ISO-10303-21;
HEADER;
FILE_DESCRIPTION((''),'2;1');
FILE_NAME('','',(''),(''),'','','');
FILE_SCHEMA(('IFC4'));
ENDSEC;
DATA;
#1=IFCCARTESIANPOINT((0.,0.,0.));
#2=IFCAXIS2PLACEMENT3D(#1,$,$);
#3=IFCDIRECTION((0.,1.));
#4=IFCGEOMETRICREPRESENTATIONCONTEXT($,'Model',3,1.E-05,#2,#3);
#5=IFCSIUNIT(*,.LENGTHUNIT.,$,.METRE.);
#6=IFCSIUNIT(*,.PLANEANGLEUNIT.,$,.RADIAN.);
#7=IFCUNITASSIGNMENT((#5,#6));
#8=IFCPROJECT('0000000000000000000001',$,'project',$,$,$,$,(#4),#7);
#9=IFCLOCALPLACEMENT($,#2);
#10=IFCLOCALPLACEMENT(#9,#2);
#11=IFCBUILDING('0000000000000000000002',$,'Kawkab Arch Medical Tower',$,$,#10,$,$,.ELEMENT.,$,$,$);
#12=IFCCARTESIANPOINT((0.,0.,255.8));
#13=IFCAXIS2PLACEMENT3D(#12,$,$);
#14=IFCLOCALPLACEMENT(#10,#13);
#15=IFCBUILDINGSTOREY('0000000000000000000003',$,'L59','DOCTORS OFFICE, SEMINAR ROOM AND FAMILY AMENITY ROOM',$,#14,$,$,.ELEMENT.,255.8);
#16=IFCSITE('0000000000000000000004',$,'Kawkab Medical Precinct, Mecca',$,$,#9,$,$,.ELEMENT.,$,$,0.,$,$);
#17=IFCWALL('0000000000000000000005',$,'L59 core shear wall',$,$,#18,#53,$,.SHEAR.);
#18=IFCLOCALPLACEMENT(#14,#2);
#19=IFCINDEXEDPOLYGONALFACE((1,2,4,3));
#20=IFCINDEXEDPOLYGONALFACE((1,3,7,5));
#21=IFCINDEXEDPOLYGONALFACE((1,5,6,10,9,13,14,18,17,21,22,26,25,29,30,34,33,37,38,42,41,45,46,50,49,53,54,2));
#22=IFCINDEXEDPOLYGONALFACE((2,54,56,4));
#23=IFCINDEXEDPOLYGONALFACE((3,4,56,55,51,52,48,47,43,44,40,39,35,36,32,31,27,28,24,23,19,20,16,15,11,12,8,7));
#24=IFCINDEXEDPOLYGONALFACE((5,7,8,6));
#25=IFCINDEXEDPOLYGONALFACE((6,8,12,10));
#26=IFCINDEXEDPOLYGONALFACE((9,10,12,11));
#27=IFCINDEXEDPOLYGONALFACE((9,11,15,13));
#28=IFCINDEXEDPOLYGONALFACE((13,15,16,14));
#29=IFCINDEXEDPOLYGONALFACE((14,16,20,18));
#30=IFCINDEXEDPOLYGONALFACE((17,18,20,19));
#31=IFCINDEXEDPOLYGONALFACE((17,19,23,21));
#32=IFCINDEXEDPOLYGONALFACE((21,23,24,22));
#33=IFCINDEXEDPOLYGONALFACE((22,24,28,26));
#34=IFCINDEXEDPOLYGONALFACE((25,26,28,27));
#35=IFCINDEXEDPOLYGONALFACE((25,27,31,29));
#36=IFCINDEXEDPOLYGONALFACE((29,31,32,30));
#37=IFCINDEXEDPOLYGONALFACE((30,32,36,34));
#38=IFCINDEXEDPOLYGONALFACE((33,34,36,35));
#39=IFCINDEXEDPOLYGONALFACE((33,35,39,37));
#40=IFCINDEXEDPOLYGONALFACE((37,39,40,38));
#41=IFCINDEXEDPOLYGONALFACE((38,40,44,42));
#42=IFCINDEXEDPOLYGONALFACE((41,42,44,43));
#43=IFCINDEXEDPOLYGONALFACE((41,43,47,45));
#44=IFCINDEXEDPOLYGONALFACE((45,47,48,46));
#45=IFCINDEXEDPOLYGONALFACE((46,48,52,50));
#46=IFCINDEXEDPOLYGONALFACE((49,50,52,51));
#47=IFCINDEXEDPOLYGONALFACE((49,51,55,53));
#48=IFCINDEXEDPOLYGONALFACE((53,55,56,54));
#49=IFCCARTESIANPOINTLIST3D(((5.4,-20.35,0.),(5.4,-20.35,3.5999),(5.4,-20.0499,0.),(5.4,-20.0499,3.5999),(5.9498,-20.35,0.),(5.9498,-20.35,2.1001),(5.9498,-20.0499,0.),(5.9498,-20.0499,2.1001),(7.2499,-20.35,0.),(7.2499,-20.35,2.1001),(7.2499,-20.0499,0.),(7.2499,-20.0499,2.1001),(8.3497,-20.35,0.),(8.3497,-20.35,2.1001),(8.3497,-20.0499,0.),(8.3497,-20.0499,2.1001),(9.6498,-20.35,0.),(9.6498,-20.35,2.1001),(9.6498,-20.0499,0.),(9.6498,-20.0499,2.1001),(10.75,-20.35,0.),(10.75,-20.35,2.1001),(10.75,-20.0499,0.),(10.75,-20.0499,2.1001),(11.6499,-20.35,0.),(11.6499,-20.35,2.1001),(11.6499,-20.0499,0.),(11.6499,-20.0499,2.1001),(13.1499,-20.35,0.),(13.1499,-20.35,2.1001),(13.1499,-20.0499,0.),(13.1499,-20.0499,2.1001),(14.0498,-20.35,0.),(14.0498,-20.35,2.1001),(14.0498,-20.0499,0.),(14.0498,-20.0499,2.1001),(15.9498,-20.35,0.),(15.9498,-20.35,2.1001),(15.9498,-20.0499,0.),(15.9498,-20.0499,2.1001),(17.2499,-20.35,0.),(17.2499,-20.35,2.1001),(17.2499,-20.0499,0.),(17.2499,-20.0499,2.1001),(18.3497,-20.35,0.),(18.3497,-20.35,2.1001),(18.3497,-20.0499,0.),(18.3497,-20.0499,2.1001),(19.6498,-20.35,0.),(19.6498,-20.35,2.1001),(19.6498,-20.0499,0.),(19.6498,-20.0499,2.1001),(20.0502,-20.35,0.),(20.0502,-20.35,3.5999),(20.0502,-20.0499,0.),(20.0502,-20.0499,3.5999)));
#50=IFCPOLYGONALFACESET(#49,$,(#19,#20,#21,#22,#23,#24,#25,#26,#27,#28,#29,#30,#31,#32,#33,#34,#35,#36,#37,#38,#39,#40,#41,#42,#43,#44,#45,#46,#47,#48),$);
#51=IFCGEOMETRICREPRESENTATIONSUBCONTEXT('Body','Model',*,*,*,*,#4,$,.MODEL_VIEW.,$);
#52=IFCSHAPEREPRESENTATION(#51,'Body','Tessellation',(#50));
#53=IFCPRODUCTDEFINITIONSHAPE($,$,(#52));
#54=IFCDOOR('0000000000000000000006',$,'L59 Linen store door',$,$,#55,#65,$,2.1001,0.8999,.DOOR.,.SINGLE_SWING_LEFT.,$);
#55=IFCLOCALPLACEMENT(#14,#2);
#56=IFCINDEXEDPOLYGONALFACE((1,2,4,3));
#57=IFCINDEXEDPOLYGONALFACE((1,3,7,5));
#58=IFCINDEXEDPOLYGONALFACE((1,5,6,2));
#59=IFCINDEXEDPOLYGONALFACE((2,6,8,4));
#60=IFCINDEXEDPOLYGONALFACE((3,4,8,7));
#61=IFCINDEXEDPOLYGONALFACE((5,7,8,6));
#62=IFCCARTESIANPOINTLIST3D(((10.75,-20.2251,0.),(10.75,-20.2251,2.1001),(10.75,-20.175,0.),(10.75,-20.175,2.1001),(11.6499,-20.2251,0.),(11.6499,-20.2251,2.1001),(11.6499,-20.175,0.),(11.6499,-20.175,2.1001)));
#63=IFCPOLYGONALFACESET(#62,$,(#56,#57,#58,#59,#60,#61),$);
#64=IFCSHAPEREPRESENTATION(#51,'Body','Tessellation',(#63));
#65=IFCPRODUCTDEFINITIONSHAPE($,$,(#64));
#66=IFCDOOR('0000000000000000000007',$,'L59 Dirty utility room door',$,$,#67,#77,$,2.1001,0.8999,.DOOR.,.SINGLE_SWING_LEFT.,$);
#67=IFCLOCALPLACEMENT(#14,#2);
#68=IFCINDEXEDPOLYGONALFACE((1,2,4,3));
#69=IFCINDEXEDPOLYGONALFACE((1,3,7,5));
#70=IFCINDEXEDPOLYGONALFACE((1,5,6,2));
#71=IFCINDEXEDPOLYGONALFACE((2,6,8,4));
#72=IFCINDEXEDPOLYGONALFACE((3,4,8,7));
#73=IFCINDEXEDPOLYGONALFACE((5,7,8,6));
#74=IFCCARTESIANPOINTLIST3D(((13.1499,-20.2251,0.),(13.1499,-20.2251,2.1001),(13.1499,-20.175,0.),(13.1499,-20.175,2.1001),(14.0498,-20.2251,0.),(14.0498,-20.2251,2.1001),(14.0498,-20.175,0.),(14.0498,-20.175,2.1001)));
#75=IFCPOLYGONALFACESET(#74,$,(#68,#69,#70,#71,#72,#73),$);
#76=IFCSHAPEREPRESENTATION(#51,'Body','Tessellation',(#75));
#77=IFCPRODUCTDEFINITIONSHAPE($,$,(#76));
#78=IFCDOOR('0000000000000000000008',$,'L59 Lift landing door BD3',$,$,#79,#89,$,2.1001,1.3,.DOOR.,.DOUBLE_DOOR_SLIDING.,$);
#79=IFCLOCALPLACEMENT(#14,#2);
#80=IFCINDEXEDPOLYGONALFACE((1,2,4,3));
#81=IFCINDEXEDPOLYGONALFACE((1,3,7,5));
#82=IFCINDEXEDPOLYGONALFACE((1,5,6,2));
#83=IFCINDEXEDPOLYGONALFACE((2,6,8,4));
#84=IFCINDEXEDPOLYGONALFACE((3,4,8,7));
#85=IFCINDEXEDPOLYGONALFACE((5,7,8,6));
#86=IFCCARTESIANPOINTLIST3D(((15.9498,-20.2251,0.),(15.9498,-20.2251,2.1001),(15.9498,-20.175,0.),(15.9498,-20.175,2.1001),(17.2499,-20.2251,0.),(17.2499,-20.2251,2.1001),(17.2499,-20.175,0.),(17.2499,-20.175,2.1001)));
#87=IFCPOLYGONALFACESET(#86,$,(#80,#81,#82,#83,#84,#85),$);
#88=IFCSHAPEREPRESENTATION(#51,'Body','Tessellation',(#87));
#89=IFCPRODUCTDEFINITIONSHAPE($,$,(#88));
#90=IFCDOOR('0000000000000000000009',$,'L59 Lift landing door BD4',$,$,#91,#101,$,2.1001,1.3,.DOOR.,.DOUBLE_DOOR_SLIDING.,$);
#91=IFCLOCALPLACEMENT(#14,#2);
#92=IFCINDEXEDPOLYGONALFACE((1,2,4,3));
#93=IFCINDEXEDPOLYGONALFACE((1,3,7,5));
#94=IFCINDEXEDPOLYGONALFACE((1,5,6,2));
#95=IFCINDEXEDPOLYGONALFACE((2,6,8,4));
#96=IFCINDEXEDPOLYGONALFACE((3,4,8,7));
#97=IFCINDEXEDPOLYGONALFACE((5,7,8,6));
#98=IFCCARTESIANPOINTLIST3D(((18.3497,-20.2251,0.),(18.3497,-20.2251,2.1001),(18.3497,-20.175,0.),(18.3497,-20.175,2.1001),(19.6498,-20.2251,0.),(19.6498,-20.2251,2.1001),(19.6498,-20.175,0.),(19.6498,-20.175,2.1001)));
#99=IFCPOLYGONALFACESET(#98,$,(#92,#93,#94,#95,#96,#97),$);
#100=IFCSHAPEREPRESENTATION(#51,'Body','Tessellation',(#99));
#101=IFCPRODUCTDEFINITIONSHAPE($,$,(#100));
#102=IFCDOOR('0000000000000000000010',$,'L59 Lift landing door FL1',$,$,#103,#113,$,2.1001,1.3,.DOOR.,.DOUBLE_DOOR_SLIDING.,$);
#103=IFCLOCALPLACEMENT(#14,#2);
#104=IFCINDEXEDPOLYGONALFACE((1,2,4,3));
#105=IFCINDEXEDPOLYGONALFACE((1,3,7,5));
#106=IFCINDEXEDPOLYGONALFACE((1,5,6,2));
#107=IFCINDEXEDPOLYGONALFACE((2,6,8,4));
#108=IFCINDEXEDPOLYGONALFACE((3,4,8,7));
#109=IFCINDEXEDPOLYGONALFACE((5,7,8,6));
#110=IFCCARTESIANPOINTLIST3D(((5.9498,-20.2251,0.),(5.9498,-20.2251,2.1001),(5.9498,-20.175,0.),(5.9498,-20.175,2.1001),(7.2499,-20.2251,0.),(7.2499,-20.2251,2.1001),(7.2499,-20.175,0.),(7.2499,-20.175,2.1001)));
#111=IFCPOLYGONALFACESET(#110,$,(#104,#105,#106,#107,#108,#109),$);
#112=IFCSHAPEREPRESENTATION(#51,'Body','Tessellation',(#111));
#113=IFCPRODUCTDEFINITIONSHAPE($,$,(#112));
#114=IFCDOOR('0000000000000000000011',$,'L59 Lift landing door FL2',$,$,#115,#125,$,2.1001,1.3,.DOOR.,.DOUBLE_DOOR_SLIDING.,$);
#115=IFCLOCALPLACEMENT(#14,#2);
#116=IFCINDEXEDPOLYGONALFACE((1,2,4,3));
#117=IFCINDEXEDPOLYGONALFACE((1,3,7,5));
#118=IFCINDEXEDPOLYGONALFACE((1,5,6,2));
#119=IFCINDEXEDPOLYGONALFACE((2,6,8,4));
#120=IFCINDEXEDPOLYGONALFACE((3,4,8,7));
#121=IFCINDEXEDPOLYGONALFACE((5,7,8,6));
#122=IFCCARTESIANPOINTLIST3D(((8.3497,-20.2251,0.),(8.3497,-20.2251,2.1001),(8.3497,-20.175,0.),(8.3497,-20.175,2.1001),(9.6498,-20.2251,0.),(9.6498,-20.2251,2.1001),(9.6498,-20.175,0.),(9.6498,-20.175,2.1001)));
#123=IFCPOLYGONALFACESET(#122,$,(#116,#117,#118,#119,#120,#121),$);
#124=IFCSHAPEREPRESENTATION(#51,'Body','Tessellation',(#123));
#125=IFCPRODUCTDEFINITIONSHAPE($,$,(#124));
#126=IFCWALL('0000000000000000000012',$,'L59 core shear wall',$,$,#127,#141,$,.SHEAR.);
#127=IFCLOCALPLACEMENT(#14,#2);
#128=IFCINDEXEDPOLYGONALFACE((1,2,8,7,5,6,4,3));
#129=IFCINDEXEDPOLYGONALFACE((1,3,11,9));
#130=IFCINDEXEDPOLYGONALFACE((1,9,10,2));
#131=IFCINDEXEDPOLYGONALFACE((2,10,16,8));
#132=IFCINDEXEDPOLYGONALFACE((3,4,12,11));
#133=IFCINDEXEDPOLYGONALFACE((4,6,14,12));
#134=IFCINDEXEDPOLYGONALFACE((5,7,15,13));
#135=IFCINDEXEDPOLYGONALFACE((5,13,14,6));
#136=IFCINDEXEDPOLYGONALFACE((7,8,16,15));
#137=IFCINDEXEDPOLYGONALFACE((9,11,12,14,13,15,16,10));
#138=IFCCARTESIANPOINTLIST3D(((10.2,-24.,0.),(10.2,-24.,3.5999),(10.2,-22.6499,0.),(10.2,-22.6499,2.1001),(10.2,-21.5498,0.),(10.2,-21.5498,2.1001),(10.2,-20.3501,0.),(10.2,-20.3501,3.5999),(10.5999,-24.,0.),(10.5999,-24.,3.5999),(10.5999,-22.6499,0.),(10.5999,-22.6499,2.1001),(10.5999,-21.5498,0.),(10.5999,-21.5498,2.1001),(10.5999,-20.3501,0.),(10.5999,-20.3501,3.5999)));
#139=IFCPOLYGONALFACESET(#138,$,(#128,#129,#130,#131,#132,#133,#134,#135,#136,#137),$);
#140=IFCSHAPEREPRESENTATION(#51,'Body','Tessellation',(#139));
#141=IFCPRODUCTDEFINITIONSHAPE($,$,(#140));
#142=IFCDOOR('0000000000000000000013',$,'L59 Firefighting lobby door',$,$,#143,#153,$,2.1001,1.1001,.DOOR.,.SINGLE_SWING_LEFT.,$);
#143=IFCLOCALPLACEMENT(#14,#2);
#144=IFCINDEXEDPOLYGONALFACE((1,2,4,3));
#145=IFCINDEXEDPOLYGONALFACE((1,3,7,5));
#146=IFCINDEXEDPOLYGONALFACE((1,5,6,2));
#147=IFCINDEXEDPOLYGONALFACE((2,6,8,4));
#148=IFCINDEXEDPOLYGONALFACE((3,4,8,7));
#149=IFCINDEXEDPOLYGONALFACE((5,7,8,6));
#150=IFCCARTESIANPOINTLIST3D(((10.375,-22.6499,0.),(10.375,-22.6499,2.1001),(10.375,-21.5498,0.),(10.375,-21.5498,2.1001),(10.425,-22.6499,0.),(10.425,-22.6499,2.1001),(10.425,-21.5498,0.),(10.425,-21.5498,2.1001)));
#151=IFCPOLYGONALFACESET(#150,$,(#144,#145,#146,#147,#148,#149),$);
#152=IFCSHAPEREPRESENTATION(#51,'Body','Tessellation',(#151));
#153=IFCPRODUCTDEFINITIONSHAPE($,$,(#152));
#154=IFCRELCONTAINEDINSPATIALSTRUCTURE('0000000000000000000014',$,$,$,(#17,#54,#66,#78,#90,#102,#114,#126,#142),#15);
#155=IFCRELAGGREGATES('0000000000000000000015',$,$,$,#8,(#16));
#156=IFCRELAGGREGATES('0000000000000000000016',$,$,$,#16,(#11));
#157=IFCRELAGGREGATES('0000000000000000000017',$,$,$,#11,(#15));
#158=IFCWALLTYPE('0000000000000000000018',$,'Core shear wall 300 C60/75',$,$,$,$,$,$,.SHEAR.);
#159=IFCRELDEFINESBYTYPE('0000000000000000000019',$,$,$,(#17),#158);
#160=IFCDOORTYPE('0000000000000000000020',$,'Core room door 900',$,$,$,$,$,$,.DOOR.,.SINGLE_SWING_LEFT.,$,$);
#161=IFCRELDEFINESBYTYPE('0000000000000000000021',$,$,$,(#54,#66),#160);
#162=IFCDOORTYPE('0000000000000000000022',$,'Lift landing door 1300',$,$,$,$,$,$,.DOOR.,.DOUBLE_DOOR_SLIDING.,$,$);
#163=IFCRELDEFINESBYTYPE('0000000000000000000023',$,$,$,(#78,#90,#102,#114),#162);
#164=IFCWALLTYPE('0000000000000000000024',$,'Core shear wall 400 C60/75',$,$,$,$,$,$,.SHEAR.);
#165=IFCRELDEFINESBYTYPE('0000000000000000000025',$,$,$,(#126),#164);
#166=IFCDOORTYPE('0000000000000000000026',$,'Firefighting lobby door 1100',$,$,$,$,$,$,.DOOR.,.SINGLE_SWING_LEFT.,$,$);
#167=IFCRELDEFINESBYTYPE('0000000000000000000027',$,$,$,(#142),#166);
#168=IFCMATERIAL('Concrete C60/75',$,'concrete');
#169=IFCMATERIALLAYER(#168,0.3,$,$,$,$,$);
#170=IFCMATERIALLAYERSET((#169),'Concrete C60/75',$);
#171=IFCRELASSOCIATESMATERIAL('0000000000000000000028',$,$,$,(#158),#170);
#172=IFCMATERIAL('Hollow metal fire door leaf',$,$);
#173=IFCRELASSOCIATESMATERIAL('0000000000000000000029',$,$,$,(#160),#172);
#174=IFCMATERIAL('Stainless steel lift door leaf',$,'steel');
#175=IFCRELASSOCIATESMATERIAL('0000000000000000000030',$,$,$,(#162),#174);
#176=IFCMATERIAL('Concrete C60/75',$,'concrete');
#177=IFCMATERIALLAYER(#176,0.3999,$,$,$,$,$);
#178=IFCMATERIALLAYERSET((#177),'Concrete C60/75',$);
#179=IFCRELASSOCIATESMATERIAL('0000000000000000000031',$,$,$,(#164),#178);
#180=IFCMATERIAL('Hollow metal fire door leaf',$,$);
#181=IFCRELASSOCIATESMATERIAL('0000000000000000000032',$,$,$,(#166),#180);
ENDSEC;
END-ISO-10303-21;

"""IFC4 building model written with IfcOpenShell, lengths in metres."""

from ifc_helpers import new_model, si_unit, direction, frame, frame_2d, origin, place, context, subcontext, project, spatial, rectangle, extrude, material, layer, layer_set, type_object, element, fill, save


model = new_model("IFC4")

# Units and contexts
model_context = context("Model", 3, precision=1e-05, world=origin(), true_north=direction((0.0, 1.0)))
body_context = subcontext(model_context, "Body", "Model", "MODEL_VIEW")
ifc_project = project(units=[si_unit("LENGTHUNIT", "METRE"), si_unit("PLANEANGLEUNIT", "RADIAN")], contexts=[model_context])

# Site, building, storey
site_placement = place(None, origin())
site = spatial("IfcSite", under=ifc_project, at=site_placement, Name="Kawkab Medical Precinct, Mecca", CompositionType="ELEMENT", RefElevation=0.0)
building_placement = place(site_placement, origin())
building = spatial("IfcBuilding", under=site, at=building_placement, Name="Kawkab Arch Medical Tower", CompositionType="ELEMENT")
storey_placement = place(building_placement, frame((0.0, 0.0, 255.8)))
storey = spatial("IfcBuildingStorey", under=building, at=storey_placement, Name="L59", Description="DOCTORS OFFICE, SEMINAR ROOM AND FAMILY AMENITY ROOM", CompositionType="ELEMENT", Elevation=255.8)

# Wall, openings, doors
ifc_material_1 = material(Name="Concrete C60/75", Category="concrete")
ifc_layer_1 = layer(ifc_material_1, 0.3)
ifc_layer_set_1 = layer_set([ifc_layer_1], Name="Concrete C60/75")
wall_type_1 = type_object("IfcWallType", Name="Core shear wall 300 C60/75", PredefinedType="SHEAR", material=ifc_layer_set_1)
wall_1_placement = place(storey_placement, frame((5.3999, -20.2, 0.0), z_axis=(0.0, 0.0, 1.0), x_axis=(1.0, 0.0, 0.0)))
wall_1 = element("IfcWall", 1, at=wall_1_placement, inside=storey, type_object=wall_type_1, Name="L59 core shear wall", PredefinedType="SHEAR", context=body_context, shape_type="SweptSolid", body=[
    extrude(rectangle(XDim=14.6501, YDim=0.3, at=frame_2d((7.3252, 0.0))), origin(), (0.0, 0.0, 1.0), 3.5999),
])
opening_1_placement = place(wall_1_placement, frame((10.55, 0.0, 0.0)))
opening_1 = element("IfcOpeningElement", 2, at=opening_1_placement, cuts=wall_1, PredefinedType="OPENING", context=body_context, shape_type="SweptSolid", body=[
    extrude(rectangle(XDim=1.3, YDim=2.1001, at=frame_2d((0.6499, 1.05))), frame((0.0, 0.1599, 0.0), z_axis=(0.0, -1.0, 0.0), x_axis=(1.0, 0.0, 0.0)), (0.0, 0.0, 1.0), 0.3201),
])
opening_2_placement = place(wall_1_placement, frame((12.95, 0.0, 0.0)))
opening_2 = element("IfcOpeningElement", 3, at=opening_2_placement, cuts=wall_1, PredefinedType="OPENING", context=body_context, shape_type="SweptSolid", body=[
    extrude(rectangle(XDim=1.3, YDim=2.1001, at=frame_2d((0.6499, 1.05))), frame((0.0, 0.1599, 0.0), z_axis=(0.0, -1.0, 0.0), x_axis=(1.0, 0.0, 0.0)), (0.0, 0.0, 1.0), 0.3201),
])
opening_3_placement = place(wall_1_placement, frame((0.55, 0.0, 0.0)))
opening_3 = element("IfcOpeningElement", 4, at=opening_3_placement, cuts=wall_1, PredefinedType="OPENING", context=body_context, shape_type="SweptSolid", body=[
    extrude(rectangle(XDim=1.3, YDim=2.1001, at=frame_2d((0.6499, 1.05))), frame((0.0, 0.1599, 0.0), z_axis=(0.0, -1.0, 0.0), x_axis=(1.0, 0.0, 0.0)), (0.0, 0.0, 1.0), 0.3201),
])
opening_4_placement = place(wall_1_placement, frame((2.95, 0.0, 0.0)))
opening_4 = element("IfcOpeningElement", 5, at=opening_4_placement, cuts=wall_1, PredefinedType="OPENING", context=body_context, shape_type="SweptSolid", body=[
    extrude(rectangle(XDim=1.3, YDim=2.1001, at=frame_2d((0.6499, 1.05))), frame((0.0, 0.1599, 0.0), z_axis=(0.0, -1.0, 0.0), x_axis=(1.0, 0.0, 0.0)), (0.0, 0.0, 1.0), 0.3201),
])
opening_5_placement = place(wall_1_placement, frame((5.3501, 0.0, 0.0)))
opening_5 = element("IfcOpeningElement", 6, at=opening_5_placement, cuts=wall_1, PredefinedType="OPENING", context=body_context, shape_type="SweptSolid", body=[
    extrude(rectangle(XDim=0.8999, YDim=2.1001, at=frame_2d((0.45, 1.05))), frame((0.0, 0.1599, 0.0), z_axis=(0.0, -1.0, 0.0), x_axis=(1.0, 0.0, 0.0)), (0.0, 0.0, 1.0), 0.3201),
])
opening_6_placement = place(wall_1_placement, frame((7.75, 0.0, 0.0)))
opening_6 = element("IfcOpeningElement", 7, at=opening_6_placement, cuts=wall_1, PredefinedType="OPENING", context=body_context, shape_type="SweptSolid", body=[
    extrude(rectangle(XDim=0.8999, YDim=2.1001, at=frame_2d((0.45, 1.05))), frame((0.0, 0.1599, 0.0), z_axis=(0.0, -1.0, 0.0), x_axis=(1.0, 0.0, 0.0)), (0.0, 0.0, 1.0), 0.3201),
])
ifc_material_2 = material(Name="Hollow metal fire door leaf")
door_type_1 = type_object("IfcDoorType", Name="Core room door 900", OperationType="SINGLE_SWING_LEFT", PredefinedType="DOOR", material=ifc_material_2)
door_1_placement = place(opening_5_placement, origin())
door_1 = element("IfcDoor", 8, at=door_1_placement, inside=storey, type_object=door_type_1, Name="L59 Linen store door", OperationType="SINGLE_SWING_LEFT", OverallHeight=2.1001, OverallWidth=0.8999, PredefinedType="DOOR", context=body_context, shape_type="SweptSolid", body=[
    extrude(rectangle(XDim=0.8999, YDim=2.1001, at=frame_2d((0.45, 1.05))), frame((0.0, 0.0249, 0.0), z_axis=(0.0, -1.0, 0.0), x_axis=(1.0, 0.0, 0.0)), (0.0, 0.0, 1.0), 0.05),
])
fill(opening_5, door_1)
door_2_placement = place(opening_6_placement, origin())
door_2 = element("IfcDoor", 9, at=door_2_placement, inside=storey, type_object=door_type_1, Name="L59 Dirty utility room door", OperationType="SINGLE_SWING_LEFT", OverallHeight=2.1001, OverallWidth=0.8999, PredefinedType="DOOR", context=body_context, shape_type="SweptSolid", body=[
    extrude(rectangle(XDim=0.8999, YDim=2.1001, at=frame_2d((0.45, 1.05))), frame((0.0, 0.0249, 0.0), z_axis=(0.0, -1.0, 0.0), x_axis=(1.0, 0.0, 0.0)), (0.0, 0.0, 1.0), 0.05),
])
fill(opening_6, door_2)
ifc_material_3 = material(Name="Stainless steel lift door leaf", Category="steel")
door_type_2 = type_object("IfcDoorType", Name="Lift landing door 1300", OperationType="DOUBLE_DOOR_SLIDING", PredefinedType="DOOR", material=ifc_material_3)
door_3_placement = place(opening_1_placement, origin())
door_3 = element("IfcDoor", 10, at=door_3_placement, inside=storey, type_object=door_type_2, Name="L59 Lift landing door BD3", OperationType="DOUBLE_DOOR_SLIDING", OverallHeight=2.1001, OverallWidth=1.3, PredefinedType="DOOR", context=body_context, shape_type="SweptSolid", body=[
    extrude(rectangle(XDim=1.3, YDim=2.1001, at=frame_2d((0.6499, 1.05))), frame((0.0, 0.0249, 0.0), z_axis=(0.0, -1.0, 0.0), x_axis=(1.0, 0.0, 0.0)), (0.0, 0.0, 1.0), 0.05),
])
fill(opening_1, door_3)
door_4_placement = place(opening_2_placement, origin())
door_4 = element("IfcDoor", 11, at=door_4_placement, inside=storey, type_object=door_type_2, Name="L59 Lift landing door BD4", OperationType="DOUBLE_DOOR_SLIDING", OverallHeight=2.1001, OverallWidth=1.3, PredefinedType="DOOR", context=body_context, shape_type="SweptSolid", body=[
    extrude(rectangle(XDim=1.3, YDim=2.1001, at=frame_2d((0.6499, 1.05))), frame((0.0, 0.0249, 0.0), z_axis=(0.0, -1.0, 0.0), x_axis=(1.0, 0.0, 0.0)), (0.0, 0.0, 1.0), 0.05),
])
fill(opening_2, door_4)
door_5_placement = place(opening_3_placement, origin())
door_5 = element("IfcDoor", 12, at=door_5_placement, inside=storey, type_object=door_type_2, Name="L59 Lift landing door FL1", OperationType="DOUBLE_DOOR_SLIDING", OverallHeight=2.1001, OverallWidth=1.3, PredefinedType="DOOR", context=body_context, shape_type="SweptSolid", body=[
    extrude(rectangle(XDim=1.3, YDim=2.1001, at=frame_2d((0.6499, 1.05))), frame((0.0, 0.0249, 0.0), z_axis=(0.0, -1.0, 0.0), x_axis=(1.0, 0.0, 0.0)), (0.0, 0.0, 1.0), 0.05),
])
fill(opening_3, door_5)
door_6_placement = place(opening_4_placement, origin())
door_6 = element("IfcDoor", 13, at=door_6_placement, inside=storey, type_object=door_type_2, Name="L59 Lift landing door FL2", OperationType="DOUBLE_DOOR_SLIDING", OverallHeight=2.1001, OverallWidth=1.3, PredefinedType="DOOR", context=body_context, shape_type="SweptSolid", body=[
    extrude(rectangle(XDim=1.3, YDim=2.1001, at=frame_2d((0.6499, 1.05))), frame((0.0, 0.0249, 0.0), z_axis=(0.0, -1.0, 0.0), x_axis=(1.0, 0.0, 0.0)), (0.0, 0.0, 1.0), 0.05),
])
fill(opening_4, door_6)

# Wall, opening, door
ifc_material_4 = material(Name="Concrete C60/75", Category="concrete")
ifc_layer_2 = layer(ifc_material_4, 0.3999)
ifc_layer_set_2 = layer_set([ifc_layer_2], Name="Concrete C60/75")
wall_type_2 = type_object("IfcWallType", Name="Core shear wall 400 C60/75", PredefinedType="SHEAR", material=ifc_layer_set_2)
wall_2_placement = place(storey_placement, frame((10.3999, -24.0, 0.0), z_axis=(0.0, 0.0, 1.0), x_axis=(0.0, 1.0, 0.0)))
wall_2 = element("IfcWall", 14, at=wall_2_placement, inside=storey, type_object=wall_type_2, Name="L59 core shear wall", PredefinedType="SHEAR", context=body_context, shape_type="SweptSolid", body=[
    extrude(rectangle(XDim=3.6499, YDim=0.3999, at=frame_2d((1.825, 0.0))), origin(), (0.0, 0.0, 1.0), 3.5999),
])
opening_7_placement = place(wall_2_placement, frame((1.3501, 0.0, 0.0)))
opening_7 = element("IfcOpeningElement", 15, at=opening_7_placement, cuts=wall_2, PredefinedType="OPENING", context=body_context, shape_type="SweptSolid", body=[
    extrude(rectangle(XDim=1.1001, YDim=2.1001, at=frame_2d((0.55, 1.05))), frame((0.0, 0.21, 0.0), z_axis=(0.0, -1.0, 0.0), x_axis=(1.0, 0.0, 0.0)), (0.0, 0.0, 1.0), 0.4199),
])
ifc_material_5 = material(Name="Hollow metal fire door leaf")
door_type_3 = type_object("IfcDoorType", Name="Firefighting lobby door 1100", OperationType="SINGLE_SWING_LEFT", PredefinedType="DOOR", material=ifc_material_5)
door_7_placement = place(opening_7_placement, origin())
door_7 = element("IfcDoor", 16, at=door_7_placement, inside=storey, type_object=door_type_3, Name="L59 Firefighting lobby door", OperationType="SINGLE_SWING_LEFT", OverallHeight=2.1001, OverallWidth=1.1001, PredefinedType="DOOR", context=body_context, shape_type="SweptSolid", body=[
    extrude(rectangle(XDim=1.1001, YDim=2.1001, at=frame_2d((0.55, 1.05))), frame((0.0, 0.0249, 0.0), z_axis=(0.0, -1.0, 0.0), x_axis=(1.0, 0.0, 0.0)), (0.0, 0.0, 1.0), 0.05),
])
fill(opening_7, door_7)

save(model, "model.ifc")
